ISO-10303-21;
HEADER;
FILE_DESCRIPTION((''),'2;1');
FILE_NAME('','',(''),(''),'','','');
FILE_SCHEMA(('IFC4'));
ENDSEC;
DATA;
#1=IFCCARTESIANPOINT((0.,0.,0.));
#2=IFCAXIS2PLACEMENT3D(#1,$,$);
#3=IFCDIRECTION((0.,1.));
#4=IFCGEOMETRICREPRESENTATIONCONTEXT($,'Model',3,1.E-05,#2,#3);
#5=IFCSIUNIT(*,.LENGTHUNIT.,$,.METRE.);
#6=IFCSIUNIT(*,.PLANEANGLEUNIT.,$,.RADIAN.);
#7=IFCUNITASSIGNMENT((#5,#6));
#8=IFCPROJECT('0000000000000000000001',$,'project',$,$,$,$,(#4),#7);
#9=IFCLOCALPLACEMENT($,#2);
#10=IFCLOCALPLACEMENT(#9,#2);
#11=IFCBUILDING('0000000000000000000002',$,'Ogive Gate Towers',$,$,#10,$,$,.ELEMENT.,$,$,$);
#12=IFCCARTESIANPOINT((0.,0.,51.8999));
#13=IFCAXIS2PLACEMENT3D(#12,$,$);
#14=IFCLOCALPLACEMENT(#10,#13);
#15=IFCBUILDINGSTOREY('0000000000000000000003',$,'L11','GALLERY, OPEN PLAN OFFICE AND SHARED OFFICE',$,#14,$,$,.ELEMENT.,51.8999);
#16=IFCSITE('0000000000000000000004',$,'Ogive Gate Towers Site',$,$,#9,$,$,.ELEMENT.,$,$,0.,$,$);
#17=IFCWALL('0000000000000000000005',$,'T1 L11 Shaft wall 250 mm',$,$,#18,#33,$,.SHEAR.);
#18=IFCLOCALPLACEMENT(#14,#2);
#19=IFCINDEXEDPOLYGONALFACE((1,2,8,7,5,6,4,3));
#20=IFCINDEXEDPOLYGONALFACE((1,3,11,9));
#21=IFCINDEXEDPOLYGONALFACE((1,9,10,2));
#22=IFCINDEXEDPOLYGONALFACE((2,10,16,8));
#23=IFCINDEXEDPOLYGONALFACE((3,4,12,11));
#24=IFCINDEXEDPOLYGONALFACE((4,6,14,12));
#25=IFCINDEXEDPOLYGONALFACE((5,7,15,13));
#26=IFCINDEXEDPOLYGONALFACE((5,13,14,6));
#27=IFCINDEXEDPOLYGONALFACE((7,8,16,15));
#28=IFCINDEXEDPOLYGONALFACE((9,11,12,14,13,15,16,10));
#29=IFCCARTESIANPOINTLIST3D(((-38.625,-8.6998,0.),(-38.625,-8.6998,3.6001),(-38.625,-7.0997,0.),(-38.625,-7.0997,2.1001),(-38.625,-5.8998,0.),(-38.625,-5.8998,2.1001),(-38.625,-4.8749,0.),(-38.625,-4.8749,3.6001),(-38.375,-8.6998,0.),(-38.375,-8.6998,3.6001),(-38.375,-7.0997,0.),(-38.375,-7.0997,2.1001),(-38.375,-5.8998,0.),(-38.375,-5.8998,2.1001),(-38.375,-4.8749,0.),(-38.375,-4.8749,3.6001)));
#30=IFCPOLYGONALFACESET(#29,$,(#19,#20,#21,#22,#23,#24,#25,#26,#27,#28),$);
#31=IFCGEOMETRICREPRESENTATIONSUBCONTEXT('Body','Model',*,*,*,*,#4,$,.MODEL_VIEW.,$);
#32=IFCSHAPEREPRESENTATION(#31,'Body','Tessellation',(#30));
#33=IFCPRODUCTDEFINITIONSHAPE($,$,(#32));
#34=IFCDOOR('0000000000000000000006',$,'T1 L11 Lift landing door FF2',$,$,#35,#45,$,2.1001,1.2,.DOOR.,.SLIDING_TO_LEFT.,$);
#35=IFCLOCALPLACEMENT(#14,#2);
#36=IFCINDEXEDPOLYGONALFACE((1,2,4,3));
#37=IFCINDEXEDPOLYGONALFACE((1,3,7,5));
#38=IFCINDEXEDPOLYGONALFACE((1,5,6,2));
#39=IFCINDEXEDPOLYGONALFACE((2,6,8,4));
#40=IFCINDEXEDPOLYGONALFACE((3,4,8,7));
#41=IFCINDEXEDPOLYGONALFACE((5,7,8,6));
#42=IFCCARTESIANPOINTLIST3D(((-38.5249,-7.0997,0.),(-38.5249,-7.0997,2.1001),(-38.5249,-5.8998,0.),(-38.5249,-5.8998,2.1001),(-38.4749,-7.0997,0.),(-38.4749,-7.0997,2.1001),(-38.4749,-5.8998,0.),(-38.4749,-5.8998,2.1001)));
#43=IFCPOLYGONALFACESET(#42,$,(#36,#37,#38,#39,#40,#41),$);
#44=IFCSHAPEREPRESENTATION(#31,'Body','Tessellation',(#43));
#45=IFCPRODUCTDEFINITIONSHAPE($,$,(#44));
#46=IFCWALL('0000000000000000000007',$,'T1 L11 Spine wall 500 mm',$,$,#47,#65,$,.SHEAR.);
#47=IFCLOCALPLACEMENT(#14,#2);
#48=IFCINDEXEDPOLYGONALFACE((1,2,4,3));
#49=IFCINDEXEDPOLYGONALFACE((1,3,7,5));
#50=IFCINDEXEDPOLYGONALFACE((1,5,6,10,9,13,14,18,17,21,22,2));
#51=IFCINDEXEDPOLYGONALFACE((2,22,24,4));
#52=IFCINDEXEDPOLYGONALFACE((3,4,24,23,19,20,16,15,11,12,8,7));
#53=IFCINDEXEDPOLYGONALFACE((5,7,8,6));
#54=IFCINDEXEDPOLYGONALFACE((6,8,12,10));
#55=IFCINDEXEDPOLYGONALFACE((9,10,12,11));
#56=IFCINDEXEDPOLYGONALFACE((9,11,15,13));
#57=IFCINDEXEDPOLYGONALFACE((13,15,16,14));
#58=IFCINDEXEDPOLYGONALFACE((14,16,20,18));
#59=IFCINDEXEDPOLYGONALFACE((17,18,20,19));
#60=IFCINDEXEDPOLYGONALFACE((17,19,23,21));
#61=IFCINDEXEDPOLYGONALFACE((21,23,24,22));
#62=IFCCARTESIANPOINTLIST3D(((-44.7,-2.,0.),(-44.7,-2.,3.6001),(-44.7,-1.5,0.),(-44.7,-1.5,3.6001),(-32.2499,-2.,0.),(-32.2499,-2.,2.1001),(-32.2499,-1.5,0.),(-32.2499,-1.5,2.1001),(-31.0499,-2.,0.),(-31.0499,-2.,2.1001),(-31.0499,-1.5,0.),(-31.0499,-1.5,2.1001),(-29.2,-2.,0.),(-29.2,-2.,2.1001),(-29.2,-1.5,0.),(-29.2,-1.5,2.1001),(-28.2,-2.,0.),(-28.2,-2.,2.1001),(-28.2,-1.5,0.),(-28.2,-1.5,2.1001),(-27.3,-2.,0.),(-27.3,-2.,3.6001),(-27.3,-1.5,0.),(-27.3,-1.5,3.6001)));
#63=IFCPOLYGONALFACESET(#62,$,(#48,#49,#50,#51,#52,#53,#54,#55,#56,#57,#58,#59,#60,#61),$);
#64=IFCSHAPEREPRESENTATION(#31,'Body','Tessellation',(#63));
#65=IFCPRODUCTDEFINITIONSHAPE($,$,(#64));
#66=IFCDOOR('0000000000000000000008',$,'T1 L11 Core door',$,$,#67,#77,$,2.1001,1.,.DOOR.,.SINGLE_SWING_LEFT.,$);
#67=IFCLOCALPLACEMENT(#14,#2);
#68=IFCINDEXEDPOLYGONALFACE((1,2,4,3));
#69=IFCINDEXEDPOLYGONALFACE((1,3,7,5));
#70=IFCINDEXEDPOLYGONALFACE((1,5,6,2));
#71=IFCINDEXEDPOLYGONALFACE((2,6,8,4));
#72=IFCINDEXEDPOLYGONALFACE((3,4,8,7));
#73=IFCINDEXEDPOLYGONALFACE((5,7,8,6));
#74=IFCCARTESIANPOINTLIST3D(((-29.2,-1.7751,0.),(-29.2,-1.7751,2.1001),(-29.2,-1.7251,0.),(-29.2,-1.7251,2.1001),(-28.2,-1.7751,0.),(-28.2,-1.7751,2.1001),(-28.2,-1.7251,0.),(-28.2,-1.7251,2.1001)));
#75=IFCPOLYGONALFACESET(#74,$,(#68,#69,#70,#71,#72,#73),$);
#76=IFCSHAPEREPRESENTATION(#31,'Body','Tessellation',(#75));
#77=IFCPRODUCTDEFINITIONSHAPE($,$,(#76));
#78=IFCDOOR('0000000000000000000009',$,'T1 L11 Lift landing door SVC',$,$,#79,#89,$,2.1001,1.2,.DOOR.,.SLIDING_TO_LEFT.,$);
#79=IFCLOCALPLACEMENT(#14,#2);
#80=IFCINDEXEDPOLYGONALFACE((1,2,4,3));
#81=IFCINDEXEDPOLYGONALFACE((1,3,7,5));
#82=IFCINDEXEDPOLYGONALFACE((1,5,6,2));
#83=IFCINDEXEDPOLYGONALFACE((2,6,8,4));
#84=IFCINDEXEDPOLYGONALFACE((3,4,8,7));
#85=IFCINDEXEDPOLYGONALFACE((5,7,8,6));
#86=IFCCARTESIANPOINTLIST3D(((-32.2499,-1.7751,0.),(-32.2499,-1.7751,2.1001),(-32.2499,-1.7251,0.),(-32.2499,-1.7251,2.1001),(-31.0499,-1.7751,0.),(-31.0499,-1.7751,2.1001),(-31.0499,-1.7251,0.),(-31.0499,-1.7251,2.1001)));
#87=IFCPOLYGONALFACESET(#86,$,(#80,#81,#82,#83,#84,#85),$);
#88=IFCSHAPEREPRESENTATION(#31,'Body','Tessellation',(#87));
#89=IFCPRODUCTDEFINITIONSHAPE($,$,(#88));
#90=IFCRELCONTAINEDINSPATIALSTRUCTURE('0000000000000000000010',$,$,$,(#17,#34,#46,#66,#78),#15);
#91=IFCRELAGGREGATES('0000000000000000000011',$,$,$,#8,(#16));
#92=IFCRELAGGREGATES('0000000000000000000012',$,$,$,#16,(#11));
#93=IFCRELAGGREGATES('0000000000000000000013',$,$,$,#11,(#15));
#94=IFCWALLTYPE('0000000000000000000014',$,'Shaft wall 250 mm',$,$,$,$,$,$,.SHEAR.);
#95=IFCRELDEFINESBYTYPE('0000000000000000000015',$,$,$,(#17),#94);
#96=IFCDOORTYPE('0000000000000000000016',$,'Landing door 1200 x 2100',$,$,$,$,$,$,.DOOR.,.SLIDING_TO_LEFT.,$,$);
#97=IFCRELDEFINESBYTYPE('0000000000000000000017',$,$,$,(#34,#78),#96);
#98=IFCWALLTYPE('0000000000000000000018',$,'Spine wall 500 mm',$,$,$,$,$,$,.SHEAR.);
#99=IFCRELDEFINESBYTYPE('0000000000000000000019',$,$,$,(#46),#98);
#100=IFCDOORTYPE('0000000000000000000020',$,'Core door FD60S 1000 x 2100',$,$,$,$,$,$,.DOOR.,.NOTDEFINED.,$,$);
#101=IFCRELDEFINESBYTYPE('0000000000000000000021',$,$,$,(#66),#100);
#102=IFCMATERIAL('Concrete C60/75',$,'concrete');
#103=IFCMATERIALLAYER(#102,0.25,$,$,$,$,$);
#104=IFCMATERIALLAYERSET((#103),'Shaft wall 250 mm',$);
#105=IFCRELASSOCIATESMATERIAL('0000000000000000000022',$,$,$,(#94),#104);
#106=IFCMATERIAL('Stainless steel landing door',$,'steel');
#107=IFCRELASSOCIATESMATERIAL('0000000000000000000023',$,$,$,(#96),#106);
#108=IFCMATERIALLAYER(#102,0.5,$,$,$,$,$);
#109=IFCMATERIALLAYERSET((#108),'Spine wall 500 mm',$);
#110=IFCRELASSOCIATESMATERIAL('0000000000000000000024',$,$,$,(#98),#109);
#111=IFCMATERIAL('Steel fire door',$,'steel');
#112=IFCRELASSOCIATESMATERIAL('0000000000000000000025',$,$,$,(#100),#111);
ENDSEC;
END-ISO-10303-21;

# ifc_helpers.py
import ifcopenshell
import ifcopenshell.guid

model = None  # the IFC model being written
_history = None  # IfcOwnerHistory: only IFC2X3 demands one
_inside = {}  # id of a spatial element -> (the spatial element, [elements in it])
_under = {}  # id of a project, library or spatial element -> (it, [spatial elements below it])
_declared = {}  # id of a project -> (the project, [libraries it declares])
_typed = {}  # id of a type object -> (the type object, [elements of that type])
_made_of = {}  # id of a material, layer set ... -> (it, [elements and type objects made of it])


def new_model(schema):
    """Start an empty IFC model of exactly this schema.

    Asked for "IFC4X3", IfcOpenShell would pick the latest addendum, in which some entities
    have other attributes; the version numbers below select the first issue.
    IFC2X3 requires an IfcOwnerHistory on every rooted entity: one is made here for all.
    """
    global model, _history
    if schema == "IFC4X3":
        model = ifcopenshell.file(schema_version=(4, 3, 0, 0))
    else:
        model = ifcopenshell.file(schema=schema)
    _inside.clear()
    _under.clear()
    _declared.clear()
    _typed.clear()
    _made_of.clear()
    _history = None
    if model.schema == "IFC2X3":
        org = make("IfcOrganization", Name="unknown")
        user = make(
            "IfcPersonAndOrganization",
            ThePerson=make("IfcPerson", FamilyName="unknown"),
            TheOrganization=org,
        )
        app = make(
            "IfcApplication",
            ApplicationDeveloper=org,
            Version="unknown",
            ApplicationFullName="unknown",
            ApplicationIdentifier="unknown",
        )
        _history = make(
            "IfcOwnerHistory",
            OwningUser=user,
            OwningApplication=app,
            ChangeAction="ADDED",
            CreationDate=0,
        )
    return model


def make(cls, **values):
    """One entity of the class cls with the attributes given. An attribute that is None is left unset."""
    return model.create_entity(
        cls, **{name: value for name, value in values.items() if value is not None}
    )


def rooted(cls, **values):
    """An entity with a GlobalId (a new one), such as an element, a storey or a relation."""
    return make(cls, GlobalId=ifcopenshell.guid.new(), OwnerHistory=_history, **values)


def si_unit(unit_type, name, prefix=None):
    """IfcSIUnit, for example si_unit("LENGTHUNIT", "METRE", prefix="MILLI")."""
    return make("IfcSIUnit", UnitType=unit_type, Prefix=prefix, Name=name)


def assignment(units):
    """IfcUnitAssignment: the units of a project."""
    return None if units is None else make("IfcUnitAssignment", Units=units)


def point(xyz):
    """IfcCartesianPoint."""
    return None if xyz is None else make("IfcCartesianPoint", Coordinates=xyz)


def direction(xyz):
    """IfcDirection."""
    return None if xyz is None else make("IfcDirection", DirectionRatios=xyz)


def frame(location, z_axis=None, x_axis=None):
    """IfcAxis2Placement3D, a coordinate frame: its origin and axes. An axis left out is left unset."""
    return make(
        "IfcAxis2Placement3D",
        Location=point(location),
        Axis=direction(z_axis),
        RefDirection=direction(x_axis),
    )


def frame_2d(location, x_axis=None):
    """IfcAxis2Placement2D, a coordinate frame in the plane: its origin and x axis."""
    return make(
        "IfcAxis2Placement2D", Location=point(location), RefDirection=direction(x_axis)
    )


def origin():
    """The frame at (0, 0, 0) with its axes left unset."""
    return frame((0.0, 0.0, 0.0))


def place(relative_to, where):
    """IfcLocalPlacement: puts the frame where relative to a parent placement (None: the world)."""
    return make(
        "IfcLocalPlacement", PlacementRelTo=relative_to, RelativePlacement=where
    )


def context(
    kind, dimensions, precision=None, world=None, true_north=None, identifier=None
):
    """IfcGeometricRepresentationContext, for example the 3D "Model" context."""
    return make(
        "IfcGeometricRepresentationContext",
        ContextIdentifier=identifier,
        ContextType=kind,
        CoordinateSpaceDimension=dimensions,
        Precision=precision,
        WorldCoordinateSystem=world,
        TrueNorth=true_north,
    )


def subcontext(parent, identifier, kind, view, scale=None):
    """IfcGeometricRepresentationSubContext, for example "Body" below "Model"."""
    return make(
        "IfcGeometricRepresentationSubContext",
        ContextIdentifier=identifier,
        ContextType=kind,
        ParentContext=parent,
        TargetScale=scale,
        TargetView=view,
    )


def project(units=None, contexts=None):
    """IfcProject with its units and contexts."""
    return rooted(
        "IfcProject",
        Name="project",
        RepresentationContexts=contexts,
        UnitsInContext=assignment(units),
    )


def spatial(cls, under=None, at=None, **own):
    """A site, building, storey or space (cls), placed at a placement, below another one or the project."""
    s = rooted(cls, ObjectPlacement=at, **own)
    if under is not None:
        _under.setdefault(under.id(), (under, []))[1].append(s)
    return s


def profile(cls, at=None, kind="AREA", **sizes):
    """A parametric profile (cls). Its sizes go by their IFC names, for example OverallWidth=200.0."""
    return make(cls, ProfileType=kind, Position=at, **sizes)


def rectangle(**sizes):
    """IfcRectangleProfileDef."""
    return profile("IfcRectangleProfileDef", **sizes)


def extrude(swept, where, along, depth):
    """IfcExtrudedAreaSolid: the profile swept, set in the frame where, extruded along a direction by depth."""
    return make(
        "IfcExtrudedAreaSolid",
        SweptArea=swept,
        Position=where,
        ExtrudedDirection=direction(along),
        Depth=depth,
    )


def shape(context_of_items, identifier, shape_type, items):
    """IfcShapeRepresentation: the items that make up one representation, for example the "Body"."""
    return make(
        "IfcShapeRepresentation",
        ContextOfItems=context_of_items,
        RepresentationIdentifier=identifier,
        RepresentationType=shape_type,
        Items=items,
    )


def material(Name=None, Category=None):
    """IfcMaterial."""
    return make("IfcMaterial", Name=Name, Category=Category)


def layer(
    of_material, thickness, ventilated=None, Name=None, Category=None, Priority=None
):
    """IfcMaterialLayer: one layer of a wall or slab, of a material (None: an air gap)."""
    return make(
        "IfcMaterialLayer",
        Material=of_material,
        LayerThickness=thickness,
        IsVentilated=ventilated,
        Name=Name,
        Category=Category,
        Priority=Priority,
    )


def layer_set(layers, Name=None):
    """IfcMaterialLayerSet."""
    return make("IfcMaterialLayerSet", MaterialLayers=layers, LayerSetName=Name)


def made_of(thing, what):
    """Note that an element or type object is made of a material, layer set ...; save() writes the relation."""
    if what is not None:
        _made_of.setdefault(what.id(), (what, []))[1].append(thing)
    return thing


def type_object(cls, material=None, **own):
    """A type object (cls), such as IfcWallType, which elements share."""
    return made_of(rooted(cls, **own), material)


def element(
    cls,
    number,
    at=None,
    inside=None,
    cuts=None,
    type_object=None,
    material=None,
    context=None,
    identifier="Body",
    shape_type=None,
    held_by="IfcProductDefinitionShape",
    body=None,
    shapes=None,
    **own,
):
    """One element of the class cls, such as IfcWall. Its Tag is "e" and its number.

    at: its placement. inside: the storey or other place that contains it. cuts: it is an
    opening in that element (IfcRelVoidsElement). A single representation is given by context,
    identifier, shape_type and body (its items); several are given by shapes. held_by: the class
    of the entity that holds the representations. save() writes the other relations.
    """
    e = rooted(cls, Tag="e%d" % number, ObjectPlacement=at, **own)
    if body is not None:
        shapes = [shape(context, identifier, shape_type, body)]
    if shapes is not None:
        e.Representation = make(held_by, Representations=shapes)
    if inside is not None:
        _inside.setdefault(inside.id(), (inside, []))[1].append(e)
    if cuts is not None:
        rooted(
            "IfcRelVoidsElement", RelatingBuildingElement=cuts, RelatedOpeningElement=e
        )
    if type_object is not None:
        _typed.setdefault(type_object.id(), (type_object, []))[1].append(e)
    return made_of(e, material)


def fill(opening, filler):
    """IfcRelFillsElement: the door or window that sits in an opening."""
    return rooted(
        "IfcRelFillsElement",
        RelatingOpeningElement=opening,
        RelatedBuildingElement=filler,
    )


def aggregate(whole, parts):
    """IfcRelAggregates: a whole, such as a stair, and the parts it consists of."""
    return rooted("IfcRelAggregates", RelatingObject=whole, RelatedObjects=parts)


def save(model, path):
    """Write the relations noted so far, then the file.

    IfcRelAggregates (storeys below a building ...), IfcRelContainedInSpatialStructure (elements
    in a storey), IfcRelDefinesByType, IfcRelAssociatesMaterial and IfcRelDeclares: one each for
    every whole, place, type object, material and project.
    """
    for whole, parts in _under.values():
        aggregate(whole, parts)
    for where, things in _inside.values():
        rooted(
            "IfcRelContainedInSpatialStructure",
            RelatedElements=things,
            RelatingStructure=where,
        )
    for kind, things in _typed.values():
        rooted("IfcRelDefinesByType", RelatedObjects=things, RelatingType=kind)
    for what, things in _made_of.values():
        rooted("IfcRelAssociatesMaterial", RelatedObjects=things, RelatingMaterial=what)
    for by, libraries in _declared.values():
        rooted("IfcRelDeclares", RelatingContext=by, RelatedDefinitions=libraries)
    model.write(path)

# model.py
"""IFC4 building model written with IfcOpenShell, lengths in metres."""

from ifc_helpers import new_model, si_unit, direction, frame, frame_2d, origin, place, context, subcontext, project, spatial, rectangle, extrude, material, layer, layer_set, type_object, element, fill, save


model = new_model("IFC4")

# Units and contexts
model_context = context("Model", 3, precision=1e-05, world=origin(), true_north=direction((0.0, 1.0)))
body_context = subcontext(model_context, "Body", "Model", "MODEL_VIEW")
ifc_project = project(units=[si_unit("LENGTHUNIT", "METRE"), si_unit("PLANEANGLEUNIT", "RADIAN")], contexts=[model_context])

# Site, building, storey
site_placement = place(None, origin())
site = spatial("IfcSite", under=ifc_project, at=site_placement, Name="Ogive Gate Towers Site", CompositionType="ELEMENT", RefElevation=0.0)
building_placement = place(site_placement, origin())
building = spatial("IfcBuilding", under=site, at=building_placement, Name="Ogive Gate Towers", CompositionType="ELEMENT")
storey_placement = place(building_placement, frame((0.0, 0.0, 51.8999)))
storey = spatial("IfcBuildingStorey", under=building, at=storey_placement, Name="L11", Description="GALLERY, OPEN PLAN OFFICE AND SHARED OFFICE", CompositionType="ELEMENT", Elevation=51.8999)

# Shared definitions
ifc_material_1 = material(Name="Concrete C60/75", Category="concrete")
ifc_material_2 = material(Name="Steel fire door", Category="steel")

# Shared definitions
ifc_layer_1 = layer(ifc_material_1, 0.25)
ifc_layer_set_1 = layer_set([ifc_layer_1], Name="Shaft wall 250 mm")
wall_type_1 = type_object("IfcWallType", Name="Shaft wall 250 mm", PredefinedType="SHEAR", material=ifc_layer_set_1)

# Wall, opening, door
wall_1_placement = place(storey_placement, frame((-38.5, -8.7, 0.0), z_axis=(0.0, 0.0, 1.0), x_axis=(0.0, 1.0, 0.0)))
wall_1 = element("IfcWall", 1, at=wall_1_placement, inside=storey, type_object=wall_type_1, Name="T1 L11 Shaft wall 250 mm", PredefinedType="SHEAR", context=body_context, shape_type="SweptSolid", body=[
    extrude(rectangle(XDim=3.825, YDim=0.25, at=frame_2d((1.9126, 0.0))), origin(), (0.0, 0.0, 1.0), 3.6001),
])
opening_1_placement = place(wall_1_placement, frame((1.6001, 0.0, 0.0)))
opening_1 = element("IfcOpeningElement", 2, at=opening_1_placement, cuts=wall_1, PredefinedType="OPENING", context=body_context, shape_type="SweptSolid", body=[
    extrude(rectangle(XDim=1.2, YDim=2.1001, at=frame_2d((0.6001, 1.05))), frame((0.0, 0.135, 0.0), z_axis=(0.0, -1.0, 0.0), x_axis=(1.0, 0.0, 0.0)), (0.0, 0.0, 1.0), 0.27),
])
ifc_material_3 = material(Name="Stainless steel landing door", Category="steel")
door_type_1 = type_object("IfcDoorType", Name="Landing door 1200 x 2100", OperationType="SLIDING_TO_LEFT", PredefinedType="DOOR", material=ifc_material_3)
door_1_placement = place(opening_1_placement, origin())
door_1 = element("IfcDoor", 3, at=door_1_placement, inside=storey, type_object=door_type_1, Name="T1 L11 Lift landing door FF2", OperationType="SLIDING_TO_LEFT", OverallHeight=2.1001, OverallWidth=1.2, PredefinedType="DOOR", context=body_context, shape_type="SweptSolid", body=[
    extrude(rectangle(XDim=1.2, YDim=2.1001, at=frame_2d((0.6001, 1.05))), frame((0.0, 0.0249, 0.0), z_axis=(0.0, -1.0, 0.0), x_axis=(1.0, 0.0, 0.0)), (0.0, 0.0, 1.0), 0.05),
])
fill(opening_1, door_1)

# Wall, openings, doors
ifc_layer_2 = layer(ifc_material_1, 0.5)
ifc_layer_set_2 = layer_set([ifc_layer_2], Name="Spine wall 500 mm")
wall_type_2 = type_object("IfcWallType", Name="Spine wall 500 mm", PredefinedType="SHEAR", material=ifc_layer_set_2)
wall_2_placement = place(storey_placement, frame((-44.7, -1.75, 0.0), z_axis=(0.0, 0.0, 1.0), x_axis=(1.0, 0.0, 0.0)))
wall_2 = element("IfcWall", 4, at=wall_2_placement, inside=storey, type_object=wall_type_2, Name="T1 L11 Spine wall 500 mm", PredefinedType="SHEAR", context=body_context, shape_type="SweptSolid", body=[
    extrude(rectangle(XDim=17.3999, YDim=0.5, at=frame_2d((8.7, 0.0))), origin(), (0.0, 0.0, 1.0), 3.6001),
])
opening_2_placement = place(wall_2_placement, frame((12.45, 0.0, 0.0)))
opening_2 = element("IfcOpeningElement", 5, at=opening_2_placement, cuts=wall_2, PredefinedType="OPENING", context=body_context, shape_type="SweptSolid", body=[
    extrude(rectangle(XDim=1.2, YDim=2.1001, at=frame_2d((0.6001, 1.05))), frame((0.0, 0.26, 0.0), z_axis=(0.0, -1.0, 0.0), x_axis=(1.0, 0.0, 0.0)), (0.0, 0.0, 1.0), 0.52),
])
opening_3_placement = place(wall_2_placement, frame((15.5, 0.0, 0.0)))
opening_3 = element("IfcOpeningElement", 6, at=opening_3_placement, cuts=wall_2, PredefinedType="OPENING", context=body_context, shape_type="SweptSolid", body=[
    extrude(rectangle(XDim=1.0, YDim=2.1001, at=frame_2d((0.5, 1.05))), frame((0.0, 0.26, 0.0), z_axis=(0.0, -1.0, 0.0), x_axis=(1.0, 0.0, 0.0)), (0.0, 0.0, 1.0), 0.52),
])
door_type_2 = type_object("IfcDoorType", Name="Core door FD60S 1000 x 2100", OperationType="NOTDEFINED", PredefinedType="DOOR", material=ifc_material_2)
door_2_placement = place(opening_3_placement, origin())
door_2 = element("IfcDoor", 7, at=door_2_placement, inside=storey, type_object=door_type_2, Name="T1 L11 Core door", OperationType="SINGLE_SWING_LEFT", OverallHeight=2.1001, OverallWidth=1.0, PredefinedType="DOOR", context=body_context, shape_type="SweptSolid", body=[
    extrude(rectangle(XDim=1.0, YDim=2.1001, at=frame_2d((0.5, 1.05))), frame((0.0, 0.0249, 0.0), z_axis=(0.0, -1.0, 0.0), x_axis=(1.0, 0.0, 0.0)), (0.0, 0.0, 1.0), 0.05),
])
fill(opening_3, door_2)
door_3_placement = place(opening_2_placement, origin())
door_3 = element("IfcDoor", 8, at=door_3_placement, inside=storey, type_object=door_type_1, Name="T1 L11 Lift landing door SVC", OperationType="SLIDING_TO_LEFT", OverallHeight=2.1001, OverallWidth=1.2, PredefinedType="DOOR", context=body_context, shape_type="SweptSolid", body=[
    extrude(rectangle(XDim=1.2, YDim=2.1001, at=frame_2d((0.6001, 1.05))), frame((0.0, 0.0249, 0.0), z_axis=(0.0, -1.0, 0.0), x_axis=(1.0, 0.0, 0.0)), (0.0, 0.0, 1.0), 0.05),
])
fill(opening_2, door_3)

save(model, "model.ifc")
